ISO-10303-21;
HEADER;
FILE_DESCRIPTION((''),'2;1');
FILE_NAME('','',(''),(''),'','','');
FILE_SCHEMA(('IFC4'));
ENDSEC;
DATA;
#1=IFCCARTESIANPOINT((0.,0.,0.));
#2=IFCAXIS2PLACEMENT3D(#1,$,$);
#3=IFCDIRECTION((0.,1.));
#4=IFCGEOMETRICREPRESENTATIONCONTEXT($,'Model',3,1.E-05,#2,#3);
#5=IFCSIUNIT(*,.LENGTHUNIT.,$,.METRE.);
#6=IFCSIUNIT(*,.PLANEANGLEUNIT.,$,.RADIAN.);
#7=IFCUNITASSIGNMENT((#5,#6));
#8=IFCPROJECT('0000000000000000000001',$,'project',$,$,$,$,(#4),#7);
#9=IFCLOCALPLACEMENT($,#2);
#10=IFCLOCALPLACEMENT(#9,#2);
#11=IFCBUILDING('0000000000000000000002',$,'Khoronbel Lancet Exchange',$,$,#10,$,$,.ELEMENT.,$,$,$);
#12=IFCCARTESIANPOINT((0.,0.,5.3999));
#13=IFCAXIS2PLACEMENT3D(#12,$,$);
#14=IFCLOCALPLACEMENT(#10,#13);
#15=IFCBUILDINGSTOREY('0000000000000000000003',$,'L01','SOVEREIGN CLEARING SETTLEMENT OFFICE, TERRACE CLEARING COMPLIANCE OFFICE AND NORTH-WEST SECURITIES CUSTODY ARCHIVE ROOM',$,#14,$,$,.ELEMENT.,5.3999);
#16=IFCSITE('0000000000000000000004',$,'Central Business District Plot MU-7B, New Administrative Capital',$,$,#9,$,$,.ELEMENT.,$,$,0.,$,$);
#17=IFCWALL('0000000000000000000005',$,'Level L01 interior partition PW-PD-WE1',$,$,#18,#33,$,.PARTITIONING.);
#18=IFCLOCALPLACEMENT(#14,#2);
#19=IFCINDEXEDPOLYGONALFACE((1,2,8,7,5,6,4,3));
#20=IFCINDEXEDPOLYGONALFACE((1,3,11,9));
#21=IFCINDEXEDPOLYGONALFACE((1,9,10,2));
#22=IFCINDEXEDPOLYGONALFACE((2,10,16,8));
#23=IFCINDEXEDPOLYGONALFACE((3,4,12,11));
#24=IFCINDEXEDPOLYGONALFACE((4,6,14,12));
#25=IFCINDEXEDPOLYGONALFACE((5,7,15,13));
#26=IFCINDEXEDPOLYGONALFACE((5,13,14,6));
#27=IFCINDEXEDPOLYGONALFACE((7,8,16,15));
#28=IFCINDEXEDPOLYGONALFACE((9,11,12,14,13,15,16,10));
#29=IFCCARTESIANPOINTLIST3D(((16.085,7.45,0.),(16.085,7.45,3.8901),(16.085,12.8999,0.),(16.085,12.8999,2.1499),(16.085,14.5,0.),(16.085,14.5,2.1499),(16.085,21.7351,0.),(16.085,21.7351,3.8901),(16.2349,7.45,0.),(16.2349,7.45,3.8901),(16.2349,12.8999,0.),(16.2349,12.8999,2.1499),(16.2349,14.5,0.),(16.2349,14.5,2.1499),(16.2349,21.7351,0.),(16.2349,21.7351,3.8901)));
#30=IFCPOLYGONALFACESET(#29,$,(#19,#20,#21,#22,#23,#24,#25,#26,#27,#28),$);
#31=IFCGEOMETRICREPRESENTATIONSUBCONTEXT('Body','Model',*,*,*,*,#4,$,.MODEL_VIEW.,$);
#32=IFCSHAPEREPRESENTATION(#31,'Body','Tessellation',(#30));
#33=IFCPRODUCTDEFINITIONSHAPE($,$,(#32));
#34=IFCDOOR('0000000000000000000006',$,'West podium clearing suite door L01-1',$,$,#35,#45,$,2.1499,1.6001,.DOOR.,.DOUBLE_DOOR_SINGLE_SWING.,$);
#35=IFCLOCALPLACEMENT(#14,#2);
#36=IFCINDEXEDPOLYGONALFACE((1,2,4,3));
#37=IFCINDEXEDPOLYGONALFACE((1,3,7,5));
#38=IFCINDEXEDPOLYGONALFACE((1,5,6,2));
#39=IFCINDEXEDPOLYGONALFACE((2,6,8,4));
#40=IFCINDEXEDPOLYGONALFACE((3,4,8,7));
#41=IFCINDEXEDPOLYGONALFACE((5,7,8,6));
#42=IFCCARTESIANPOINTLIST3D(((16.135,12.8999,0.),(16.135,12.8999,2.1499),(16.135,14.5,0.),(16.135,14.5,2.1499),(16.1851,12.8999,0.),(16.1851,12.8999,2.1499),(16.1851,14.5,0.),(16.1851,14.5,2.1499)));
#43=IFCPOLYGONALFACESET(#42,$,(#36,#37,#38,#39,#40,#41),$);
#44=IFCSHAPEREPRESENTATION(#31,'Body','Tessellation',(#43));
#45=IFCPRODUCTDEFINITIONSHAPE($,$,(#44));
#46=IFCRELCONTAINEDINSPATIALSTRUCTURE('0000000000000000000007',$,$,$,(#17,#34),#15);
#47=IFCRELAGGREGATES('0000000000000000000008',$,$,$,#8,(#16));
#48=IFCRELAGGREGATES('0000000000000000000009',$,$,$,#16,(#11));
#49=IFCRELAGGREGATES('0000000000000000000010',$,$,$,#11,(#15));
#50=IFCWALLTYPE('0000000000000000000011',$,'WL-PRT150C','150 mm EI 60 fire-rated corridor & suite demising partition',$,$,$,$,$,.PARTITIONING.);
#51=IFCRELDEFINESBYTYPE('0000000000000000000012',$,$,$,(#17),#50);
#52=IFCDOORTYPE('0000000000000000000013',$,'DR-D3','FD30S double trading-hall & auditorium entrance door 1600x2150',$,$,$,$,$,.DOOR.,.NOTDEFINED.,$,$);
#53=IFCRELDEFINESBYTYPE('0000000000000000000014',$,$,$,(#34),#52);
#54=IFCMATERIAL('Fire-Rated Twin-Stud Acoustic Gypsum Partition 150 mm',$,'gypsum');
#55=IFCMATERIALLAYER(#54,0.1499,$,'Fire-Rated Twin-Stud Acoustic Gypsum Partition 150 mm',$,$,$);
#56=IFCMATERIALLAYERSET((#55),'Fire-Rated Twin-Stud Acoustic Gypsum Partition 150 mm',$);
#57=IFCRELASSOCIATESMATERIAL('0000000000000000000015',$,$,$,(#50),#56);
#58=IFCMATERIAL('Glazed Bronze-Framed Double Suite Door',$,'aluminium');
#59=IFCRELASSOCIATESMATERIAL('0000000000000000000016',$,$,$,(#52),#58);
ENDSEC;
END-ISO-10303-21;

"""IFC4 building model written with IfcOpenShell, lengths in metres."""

from ifc_helpers import new_model, si_unit, direction, frame, frame_2d, origin, place, context, subcontext, project, spatial, rectangle, extrude, material, layer, layer_set, type_object, element, fill, save


model = new_model("IFC4")

# Units and contexts
model_context = context("Model", 3, precision=1e-05, world=origin(), true_north=direction((0.0, 1.0)))
body_context = subcontext(model_context, "Body", "Model", "MODEL_VIEW")
ifc_project = project(units=[si_unit("LENGTHUNIT", "METRE"), si_unit("PLANEANGLEUNIT", "RADIAN")], contexts=[model_context])

# Site, building, storey
site_placement = place(None, origin())
site = spatial("IfcSite", under=ifc_project, at=site_placement, Name="Central Business District Plot MU-7B, New Administrative Capital", CompositionType="ELEMENT", RefElevation=0.0)
building_placement = place(site_placement, origin())
building = spatial("IfcBuilding", under=site, at=building_placement, Name="Khoronbel Lancet Exchange", CompositionType="ELEMENT")
storey_placement = place(building_placement, frame((0.0, 0.0, 5.3999)))
storey = spatial("IfcBuildingStorey", under=building, at=storey_placement, Name="L01", Description="SOVEREIGN CLEARING SETTLEMENT OFFICE, TERRACE CLEARING COMPLIANCE OFFICE AND NORTH-WEST SECURITIES CUSTODY ARCHIVE ROOM", CompositionType="ELEMENT", Elevation=5.3999)

# Wall, opening, door
ifc_material_1 = material(Name="Fire-Rated Twin-Stud Acoustic Gypsum Partition 150 mm", Category="gypsum")
ifc_layer_1 = layer(ifc_material_1, 0.1499, Name="Fire-Rated Twin-Stud Acoustic Gypsum Partition 150 mm")
ifc_layer_set_1 = layer_set([ifc_layer_1], Name="Fire-Rated Twin-Stud Acoustic Gypsum Partition 150 mm")
wall_type_1 = type_object("IfcWallType", Name="WL-PRT150C", Description="150 mm EI 60 fire-rated corridor & suite demising partition", PredefinedType="PARTITIONING", material=ifc_layer_set_1)
wall_1_placement = place(storey_placement, frame((16.1599, 7.45, 0.0), z_axis=(0.0, 0.0, 1.0), x_axis=(0.0, 1.0, 0.0)))
wall_1 = element("IfcWall", 1, at=wall_1_placement, inside=storey, type_object=wall_type_1, Name="Level L01 interior partition PW-PD-WE1", PredefinedType="PARTITIONING", context=body_context, shape_type="SweptSolid", body=[
    extrude(rectangle(XDim=14.2852, YDim=0.1499, at=frame_2d((7.1426, 0.0))), origin(), (0.0, 0.0, 1.0), 3.8901),
])
opening_1_placement = place(wall_1_placement, frame((5.45, 0.0, 0.0)))
opening_1 = element("IfcOpeningElement", 2, at=opening_1_placement, cuts=wall_1, PredefinedType="OPENING", context=body_context, shape_type="SweptSolid", body=[
    extrude(rectangle(XDim=1.6001, YDim=2.1499, at=frame_2d((0.8, 1.075))), frame((0.0, 0.085, 0.0), z_axis=(0.0, -1.0, 0.0), x_axis=(1.0, 0.0, 0.0)), (0.0, 0.0, 1.0), 0.1699),
])
ifc_material_2 = material(Name="Glazed Bronze-Framed Double Suite Door", Category="aluminium")
door_type_1 = type_object("IfcDoorType", Name="DR-D3", Description="FD30S double trading-hall & auditorium entrance door 1600x2150", OperationType="NOTDEFINED", PredefinedType="DOOR", material=ifc_material_2)
door_1_placement = place(opening_1_placement, origin())
door_1 = element("IfcDoor", 3, at=door_1_placement, inside=storey, type_object=door_type_1, Name="West podium clearing suite door L01-1", OperationType="DOUBLE_DOOR_SINGLE_SWING", OverallHeight=2.1499, OverallWidth=1.6001, PredefinedType="DOOR", context=body_context, shape_type="SweptSolid", body=[
    extrude(rectangle(XDim=1.6001, YDim=2.1499, at=frame_2d((0.8, 1.075))), frame((0.0, 0.0249, 0.0), z_axis=(0.0, -1.0, 0.0), x_axis=(1.0, 0.0, 0.0)), (0.0, 0.0, 1.0), 0.05),
])
fill(opening_1, door_1)

save(model, "model.ifc")
